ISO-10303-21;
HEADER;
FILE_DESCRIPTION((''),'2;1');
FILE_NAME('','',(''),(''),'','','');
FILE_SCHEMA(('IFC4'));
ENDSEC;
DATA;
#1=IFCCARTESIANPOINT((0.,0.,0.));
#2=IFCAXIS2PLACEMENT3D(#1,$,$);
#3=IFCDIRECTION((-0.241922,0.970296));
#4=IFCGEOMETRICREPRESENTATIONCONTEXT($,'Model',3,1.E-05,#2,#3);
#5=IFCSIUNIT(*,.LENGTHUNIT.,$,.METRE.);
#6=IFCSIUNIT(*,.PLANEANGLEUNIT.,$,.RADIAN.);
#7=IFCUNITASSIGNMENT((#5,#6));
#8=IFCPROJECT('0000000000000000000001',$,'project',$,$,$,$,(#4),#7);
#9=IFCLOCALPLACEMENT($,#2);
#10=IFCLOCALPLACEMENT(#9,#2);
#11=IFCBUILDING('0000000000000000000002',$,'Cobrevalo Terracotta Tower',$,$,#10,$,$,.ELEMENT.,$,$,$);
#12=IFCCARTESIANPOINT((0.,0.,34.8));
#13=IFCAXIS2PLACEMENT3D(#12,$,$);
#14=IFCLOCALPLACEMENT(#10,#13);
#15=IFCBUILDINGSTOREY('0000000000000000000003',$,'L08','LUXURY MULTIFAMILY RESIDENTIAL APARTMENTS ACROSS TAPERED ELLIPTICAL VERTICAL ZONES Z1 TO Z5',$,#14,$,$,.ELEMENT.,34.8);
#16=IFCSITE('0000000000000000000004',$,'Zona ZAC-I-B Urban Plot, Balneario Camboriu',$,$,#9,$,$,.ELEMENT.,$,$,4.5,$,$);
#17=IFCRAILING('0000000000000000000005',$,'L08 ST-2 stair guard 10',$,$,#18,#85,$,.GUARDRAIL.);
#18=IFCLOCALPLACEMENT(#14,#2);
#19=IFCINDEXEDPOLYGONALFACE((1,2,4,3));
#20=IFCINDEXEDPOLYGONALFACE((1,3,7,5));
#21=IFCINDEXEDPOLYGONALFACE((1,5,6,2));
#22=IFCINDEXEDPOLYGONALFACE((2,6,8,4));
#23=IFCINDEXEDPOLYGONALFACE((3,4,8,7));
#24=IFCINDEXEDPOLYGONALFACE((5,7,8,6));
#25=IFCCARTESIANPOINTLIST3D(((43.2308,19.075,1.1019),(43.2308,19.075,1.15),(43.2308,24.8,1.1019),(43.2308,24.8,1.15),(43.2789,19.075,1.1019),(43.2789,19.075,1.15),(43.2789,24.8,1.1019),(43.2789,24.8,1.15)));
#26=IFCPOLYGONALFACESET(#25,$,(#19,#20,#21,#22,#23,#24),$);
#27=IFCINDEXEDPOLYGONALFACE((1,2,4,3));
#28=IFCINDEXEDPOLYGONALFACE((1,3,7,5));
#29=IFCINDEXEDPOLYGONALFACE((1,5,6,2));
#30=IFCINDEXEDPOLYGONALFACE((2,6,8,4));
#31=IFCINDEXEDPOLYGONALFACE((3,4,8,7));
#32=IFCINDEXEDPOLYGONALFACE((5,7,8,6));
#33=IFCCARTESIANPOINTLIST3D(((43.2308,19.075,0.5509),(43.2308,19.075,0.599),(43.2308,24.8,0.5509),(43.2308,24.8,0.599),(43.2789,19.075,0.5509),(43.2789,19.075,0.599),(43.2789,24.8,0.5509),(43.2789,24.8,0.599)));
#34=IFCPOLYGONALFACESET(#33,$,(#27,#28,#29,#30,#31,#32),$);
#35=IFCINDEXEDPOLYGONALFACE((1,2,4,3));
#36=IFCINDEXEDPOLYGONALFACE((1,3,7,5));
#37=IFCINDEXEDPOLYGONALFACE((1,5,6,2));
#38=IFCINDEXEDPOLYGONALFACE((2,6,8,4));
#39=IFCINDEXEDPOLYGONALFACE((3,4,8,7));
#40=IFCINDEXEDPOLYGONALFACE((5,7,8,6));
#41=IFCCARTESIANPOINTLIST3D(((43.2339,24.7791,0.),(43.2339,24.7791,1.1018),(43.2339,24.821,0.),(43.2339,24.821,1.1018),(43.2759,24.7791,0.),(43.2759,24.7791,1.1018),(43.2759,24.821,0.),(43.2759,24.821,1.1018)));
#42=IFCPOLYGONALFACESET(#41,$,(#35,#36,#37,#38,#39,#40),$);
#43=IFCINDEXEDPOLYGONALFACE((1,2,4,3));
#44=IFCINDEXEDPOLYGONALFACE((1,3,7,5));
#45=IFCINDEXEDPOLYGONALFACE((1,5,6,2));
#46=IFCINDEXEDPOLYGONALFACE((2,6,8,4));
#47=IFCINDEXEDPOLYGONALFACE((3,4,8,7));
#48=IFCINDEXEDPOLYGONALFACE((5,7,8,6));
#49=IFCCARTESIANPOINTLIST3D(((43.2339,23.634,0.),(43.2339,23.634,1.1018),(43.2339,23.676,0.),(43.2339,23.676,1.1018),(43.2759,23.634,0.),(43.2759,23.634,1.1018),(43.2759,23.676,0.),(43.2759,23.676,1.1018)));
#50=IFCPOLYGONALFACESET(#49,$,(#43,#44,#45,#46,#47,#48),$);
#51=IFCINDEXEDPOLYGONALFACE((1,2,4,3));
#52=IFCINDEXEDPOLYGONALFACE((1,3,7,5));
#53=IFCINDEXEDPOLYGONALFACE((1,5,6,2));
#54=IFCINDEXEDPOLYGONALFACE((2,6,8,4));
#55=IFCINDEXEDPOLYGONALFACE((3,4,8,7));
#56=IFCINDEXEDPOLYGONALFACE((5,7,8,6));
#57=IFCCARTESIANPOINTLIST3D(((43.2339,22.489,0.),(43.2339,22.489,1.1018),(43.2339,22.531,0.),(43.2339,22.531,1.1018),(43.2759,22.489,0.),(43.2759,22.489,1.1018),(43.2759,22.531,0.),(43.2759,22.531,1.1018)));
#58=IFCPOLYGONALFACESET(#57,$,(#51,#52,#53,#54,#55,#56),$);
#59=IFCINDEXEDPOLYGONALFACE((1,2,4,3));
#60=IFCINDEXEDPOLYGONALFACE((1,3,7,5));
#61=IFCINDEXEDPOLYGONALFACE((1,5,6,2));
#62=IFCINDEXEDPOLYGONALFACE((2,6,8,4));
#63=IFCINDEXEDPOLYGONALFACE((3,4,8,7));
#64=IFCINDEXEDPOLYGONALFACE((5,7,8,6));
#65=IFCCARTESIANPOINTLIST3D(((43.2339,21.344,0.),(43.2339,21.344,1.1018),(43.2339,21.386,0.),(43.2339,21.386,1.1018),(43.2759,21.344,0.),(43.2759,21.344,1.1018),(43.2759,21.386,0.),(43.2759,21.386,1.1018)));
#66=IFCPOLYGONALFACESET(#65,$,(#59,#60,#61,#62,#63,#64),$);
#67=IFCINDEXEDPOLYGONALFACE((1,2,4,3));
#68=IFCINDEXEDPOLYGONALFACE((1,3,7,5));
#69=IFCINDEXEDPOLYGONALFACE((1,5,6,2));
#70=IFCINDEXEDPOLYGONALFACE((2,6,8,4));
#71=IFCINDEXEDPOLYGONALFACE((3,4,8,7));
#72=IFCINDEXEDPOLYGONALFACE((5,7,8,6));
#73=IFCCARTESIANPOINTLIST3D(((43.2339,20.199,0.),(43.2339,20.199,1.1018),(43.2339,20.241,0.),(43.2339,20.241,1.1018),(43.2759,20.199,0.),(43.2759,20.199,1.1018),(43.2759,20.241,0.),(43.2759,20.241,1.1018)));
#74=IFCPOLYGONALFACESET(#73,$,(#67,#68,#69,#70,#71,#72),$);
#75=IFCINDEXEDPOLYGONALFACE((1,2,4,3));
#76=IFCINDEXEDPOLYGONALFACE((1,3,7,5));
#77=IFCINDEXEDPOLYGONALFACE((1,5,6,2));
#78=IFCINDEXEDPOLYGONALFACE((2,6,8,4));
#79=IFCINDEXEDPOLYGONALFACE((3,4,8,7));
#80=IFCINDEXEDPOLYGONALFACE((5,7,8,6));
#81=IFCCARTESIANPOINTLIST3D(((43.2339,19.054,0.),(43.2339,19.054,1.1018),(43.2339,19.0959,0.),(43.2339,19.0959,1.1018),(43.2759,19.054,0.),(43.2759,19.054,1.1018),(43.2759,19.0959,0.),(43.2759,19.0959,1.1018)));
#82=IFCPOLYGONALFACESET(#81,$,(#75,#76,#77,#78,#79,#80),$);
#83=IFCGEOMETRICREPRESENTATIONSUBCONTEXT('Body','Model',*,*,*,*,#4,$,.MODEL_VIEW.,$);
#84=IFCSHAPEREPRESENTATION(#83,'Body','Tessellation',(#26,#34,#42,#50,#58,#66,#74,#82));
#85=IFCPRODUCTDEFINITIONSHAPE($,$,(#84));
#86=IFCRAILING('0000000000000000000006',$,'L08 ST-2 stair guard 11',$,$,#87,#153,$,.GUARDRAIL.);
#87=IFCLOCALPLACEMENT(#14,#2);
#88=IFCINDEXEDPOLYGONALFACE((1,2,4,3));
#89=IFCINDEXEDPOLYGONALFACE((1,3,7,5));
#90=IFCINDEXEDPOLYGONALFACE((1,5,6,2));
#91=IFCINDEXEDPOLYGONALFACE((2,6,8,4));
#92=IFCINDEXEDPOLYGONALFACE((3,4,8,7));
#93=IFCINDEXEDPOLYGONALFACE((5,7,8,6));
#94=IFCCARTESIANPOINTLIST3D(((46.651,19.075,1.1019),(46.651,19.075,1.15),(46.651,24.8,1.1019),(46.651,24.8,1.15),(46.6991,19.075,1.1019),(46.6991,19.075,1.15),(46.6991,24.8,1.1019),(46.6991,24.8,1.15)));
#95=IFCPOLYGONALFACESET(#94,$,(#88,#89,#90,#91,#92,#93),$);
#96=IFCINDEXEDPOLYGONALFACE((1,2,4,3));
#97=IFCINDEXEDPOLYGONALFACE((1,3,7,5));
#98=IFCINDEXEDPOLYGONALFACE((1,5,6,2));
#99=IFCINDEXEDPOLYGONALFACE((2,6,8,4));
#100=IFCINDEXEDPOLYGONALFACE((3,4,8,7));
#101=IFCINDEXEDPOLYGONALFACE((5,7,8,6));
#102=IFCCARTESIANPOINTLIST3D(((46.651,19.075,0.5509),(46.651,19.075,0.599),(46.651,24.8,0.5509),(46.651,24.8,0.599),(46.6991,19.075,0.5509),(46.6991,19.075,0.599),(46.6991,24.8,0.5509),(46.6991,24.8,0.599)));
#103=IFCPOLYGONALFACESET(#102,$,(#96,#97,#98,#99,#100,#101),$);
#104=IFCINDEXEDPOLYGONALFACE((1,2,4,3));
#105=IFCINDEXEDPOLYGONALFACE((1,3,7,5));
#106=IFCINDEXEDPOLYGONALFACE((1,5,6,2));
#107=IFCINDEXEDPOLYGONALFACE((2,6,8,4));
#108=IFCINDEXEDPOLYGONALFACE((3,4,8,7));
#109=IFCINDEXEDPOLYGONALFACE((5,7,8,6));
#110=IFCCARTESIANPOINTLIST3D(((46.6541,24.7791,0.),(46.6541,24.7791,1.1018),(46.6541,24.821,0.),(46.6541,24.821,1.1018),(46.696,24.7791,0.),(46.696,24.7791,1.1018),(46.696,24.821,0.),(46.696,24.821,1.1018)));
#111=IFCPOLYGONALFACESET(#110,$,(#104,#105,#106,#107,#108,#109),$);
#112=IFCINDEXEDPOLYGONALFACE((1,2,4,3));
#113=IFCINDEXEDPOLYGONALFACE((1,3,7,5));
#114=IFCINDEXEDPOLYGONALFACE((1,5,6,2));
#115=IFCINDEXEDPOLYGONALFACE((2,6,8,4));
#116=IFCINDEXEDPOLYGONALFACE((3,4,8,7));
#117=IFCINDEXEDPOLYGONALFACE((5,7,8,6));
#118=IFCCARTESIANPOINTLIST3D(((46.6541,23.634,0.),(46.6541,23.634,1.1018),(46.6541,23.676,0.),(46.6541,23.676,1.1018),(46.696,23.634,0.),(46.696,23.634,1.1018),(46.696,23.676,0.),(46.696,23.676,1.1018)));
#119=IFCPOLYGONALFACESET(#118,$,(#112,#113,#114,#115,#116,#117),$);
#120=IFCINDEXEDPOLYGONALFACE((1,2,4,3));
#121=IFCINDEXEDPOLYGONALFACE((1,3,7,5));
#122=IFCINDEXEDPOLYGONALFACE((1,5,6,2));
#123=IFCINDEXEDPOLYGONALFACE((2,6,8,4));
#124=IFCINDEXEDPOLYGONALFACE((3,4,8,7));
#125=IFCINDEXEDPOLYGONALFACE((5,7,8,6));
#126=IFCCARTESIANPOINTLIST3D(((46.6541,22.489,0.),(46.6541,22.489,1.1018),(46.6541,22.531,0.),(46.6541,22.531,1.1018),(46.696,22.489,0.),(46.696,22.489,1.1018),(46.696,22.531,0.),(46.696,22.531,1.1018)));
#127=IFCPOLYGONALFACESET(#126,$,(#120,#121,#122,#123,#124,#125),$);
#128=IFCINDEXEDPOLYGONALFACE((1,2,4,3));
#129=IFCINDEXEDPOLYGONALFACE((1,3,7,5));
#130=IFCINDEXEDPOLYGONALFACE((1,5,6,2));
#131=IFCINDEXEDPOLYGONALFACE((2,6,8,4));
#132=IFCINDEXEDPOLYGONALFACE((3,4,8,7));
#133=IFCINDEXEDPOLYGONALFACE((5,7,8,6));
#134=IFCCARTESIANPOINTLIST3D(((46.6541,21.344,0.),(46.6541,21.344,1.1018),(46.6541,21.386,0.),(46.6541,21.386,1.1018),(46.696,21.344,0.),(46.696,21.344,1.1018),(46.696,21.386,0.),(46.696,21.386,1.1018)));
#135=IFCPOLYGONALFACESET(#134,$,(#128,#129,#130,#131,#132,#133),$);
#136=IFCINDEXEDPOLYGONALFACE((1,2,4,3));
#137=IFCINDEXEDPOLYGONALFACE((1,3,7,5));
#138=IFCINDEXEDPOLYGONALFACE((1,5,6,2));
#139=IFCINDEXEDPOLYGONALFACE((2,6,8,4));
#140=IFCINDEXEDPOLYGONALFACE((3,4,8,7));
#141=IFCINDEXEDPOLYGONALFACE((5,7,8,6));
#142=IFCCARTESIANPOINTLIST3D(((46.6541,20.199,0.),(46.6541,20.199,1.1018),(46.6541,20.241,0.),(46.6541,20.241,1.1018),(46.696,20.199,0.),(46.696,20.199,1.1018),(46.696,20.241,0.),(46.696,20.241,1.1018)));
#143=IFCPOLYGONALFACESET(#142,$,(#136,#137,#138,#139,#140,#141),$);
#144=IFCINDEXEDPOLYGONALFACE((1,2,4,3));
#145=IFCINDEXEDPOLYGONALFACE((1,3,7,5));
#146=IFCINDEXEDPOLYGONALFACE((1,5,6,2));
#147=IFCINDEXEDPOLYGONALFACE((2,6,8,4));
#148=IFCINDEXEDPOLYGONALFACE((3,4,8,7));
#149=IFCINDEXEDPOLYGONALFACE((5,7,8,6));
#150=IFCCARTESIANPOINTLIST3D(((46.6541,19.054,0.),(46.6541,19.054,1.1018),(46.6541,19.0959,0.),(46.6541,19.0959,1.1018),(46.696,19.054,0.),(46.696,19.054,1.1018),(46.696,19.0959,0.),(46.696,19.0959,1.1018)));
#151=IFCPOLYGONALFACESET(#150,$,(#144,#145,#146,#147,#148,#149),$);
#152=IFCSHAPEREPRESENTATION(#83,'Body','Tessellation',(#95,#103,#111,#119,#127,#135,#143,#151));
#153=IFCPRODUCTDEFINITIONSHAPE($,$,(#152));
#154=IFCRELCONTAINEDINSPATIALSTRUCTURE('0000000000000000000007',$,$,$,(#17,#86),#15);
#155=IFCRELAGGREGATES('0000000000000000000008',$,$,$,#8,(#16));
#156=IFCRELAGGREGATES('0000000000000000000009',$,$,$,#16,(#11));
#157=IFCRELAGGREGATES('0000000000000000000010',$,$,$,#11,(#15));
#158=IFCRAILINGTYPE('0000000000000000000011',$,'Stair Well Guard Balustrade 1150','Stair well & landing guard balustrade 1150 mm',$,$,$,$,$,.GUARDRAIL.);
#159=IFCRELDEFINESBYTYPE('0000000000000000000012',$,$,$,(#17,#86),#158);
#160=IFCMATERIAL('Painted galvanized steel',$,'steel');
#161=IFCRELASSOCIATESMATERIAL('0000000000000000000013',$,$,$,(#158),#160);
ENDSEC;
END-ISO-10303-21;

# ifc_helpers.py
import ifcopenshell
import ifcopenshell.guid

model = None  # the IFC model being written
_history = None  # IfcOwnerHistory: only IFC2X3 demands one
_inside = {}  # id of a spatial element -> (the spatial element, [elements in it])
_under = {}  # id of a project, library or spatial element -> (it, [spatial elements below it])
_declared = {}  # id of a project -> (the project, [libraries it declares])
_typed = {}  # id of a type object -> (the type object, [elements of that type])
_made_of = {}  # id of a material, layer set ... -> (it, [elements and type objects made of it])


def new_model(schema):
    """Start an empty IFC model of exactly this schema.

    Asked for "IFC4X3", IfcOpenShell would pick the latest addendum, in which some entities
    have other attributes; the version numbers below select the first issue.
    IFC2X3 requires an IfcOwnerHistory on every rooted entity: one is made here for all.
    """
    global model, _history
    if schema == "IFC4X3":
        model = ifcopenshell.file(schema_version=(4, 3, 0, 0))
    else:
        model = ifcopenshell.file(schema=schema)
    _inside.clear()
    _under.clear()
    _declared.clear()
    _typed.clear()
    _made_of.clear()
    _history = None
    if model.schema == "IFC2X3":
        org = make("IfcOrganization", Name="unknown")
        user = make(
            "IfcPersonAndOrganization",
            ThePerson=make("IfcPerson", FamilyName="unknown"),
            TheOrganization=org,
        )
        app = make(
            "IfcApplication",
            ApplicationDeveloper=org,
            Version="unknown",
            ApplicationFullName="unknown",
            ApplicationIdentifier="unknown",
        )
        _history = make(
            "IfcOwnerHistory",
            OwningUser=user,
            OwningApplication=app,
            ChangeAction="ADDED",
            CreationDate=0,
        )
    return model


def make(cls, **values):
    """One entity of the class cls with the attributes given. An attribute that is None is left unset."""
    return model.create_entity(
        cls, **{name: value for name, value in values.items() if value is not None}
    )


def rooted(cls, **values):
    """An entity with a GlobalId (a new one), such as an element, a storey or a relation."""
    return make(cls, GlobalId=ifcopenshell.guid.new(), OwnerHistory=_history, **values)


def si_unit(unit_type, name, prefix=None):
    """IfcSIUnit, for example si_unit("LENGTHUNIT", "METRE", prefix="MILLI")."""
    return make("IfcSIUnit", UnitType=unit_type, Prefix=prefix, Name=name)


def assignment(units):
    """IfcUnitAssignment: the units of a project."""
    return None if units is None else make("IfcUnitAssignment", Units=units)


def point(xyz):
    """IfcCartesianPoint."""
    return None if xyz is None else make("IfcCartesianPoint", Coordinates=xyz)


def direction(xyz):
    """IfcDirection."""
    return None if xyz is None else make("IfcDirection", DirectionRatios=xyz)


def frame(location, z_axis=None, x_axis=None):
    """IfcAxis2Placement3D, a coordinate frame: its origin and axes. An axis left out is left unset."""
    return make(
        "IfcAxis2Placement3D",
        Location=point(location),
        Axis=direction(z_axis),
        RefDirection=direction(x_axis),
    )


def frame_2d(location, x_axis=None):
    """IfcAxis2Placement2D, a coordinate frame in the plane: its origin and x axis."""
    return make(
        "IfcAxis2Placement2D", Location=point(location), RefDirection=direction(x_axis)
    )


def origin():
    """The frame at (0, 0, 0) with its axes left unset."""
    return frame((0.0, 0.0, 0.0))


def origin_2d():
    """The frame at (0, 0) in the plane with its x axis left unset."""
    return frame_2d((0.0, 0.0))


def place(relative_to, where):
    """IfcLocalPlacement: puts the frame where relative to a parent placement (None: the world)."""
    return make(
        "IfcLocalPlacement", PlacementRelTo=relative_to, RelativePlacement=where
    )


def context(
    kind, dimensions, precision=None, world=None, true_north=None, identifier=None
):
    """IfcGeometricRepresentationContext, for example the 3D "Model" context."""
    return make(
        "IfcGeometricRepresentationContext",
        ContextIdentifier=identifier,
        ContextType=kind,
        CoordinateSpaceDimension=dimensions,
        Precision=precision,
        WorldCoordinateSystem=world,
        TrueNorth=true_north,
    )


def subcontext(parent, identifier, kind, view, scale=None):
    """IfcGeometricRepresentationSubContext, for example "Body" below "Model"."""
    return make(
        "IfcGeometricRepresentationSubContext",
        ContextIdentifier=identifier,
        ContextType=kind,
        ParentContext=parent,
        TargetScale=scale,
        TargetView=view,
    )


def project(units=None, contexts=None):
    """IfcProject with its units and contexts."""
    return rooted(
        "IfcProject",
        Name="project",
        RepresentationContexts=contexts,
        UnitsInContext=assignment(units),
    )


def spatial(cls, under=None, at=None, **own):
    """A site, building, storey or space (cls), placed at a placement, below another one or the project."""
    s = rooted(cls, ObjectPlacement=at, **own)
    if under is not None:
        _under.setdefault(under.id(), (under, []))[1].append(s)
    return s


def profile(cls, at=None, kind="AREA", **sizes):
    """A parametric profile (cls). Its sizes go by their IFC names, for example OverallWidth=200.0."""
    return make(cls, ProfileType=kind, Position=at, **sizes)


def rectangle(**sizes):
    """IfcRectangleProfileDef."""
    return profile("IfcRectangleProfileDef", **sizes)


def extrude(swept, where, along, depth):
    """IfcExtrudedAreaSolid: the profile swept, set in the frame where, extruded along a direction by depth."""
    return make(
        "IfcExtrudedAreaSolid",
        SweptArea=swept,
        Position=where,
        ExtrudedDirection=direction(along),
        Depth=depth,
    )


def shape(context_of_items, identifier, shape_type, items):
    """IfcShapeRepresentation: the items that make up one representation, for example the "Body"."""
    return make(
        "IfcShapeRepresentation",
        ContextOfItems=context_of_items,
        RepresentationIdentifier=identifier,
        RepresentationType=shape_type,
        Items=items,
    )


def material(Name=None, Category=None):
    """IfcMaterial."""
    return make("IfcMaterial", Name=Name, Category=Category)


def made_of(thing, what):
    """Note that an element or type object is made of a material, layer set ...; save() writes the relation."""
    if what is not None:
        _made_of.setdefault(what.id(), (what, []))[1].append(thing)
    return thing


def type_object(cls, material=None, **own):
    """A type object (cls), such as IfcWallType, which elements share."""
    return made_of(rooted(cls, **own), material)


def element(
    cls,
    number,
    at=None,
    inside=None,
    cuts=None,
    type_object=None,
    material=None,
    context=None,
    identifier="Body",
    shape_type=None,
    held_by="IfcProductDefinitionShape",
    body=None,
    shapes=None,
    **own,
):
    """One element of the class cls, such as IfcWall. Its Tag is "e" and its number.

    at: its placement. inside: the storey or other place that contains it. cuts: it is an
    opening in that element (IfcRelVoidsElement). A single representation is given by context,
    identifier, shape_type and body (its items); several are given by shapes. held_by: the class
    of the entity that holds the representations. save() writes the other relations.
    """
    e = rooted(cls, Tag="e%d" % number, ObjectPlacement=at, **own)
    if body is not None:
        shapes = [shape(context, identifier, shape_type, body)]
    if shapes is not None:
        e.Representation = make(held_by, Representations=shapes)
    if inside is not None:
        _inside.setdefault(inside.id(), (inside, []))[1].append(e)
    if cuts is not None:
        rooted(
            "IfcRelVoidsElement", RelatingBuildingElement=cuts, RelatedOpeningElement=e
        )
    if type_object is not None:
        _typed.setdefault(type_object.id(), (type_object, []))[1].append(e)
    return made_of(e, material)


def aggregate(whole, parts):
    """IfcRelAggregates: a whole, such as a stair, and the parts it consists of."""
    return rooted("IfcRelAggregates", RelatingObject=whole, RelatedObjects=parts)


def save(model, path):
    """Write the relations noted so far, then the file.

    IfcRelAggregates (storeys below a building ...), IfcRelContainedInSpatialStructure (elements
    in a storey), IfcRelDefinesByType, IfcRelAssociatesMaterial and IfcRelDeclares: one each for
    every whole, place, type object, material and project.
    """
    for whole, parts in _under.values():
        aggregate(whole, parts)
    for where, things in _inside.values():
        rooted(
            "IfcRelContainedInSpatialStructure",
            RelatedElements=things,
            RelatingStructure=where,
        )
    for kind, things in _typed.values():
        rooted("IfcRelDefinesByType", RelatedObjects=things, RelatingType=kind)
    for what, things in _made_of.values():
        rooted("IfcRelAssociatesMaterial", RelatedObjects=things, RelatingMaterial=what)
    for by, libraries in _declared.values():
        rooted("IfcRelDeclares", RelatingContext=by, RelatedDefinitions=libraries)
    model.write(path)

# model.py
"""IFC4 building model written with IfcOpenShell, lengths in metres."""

from ifc_helpers import new_model, si_unit, direction, frame, origin, origin_2d, place, context, subcontext, project, spatial, rectangle, extrude, material, type_object, element, save


model = new_model("IFC4")

# Units and contexts
model_context = context("Model", 3, precision=1e-05, world=origin(), true_north=direction((-0.241922, 0.970296)))
body_context = subcontext(model_context, "Body", "Model", "MODEL_VIEW")
ifc_project = project(units=[si_unit("LENGTHUNIT", "METRE"), si_unit("PLANEANGLEUNIT", "RADIAN")], contexts=[model_context])

# Site, building, storey
site_placement = place(None, origin())
site = spatial("IfcSite", under=ifc_project, at=site_placement, Name="Zona ZAC-I-B Urban Plot, Balneario Camboriu", CompositionType="ELEMENT", RefElevation=4.5)
building_placement = place(site_placement, origin())
building = spatial("IfcBuilding", under=site, at=building_placement, Name="Cobrevalo Terracotta Tower", CompositionType="ELEMENT")
storey_placement = place(building_placement, frame((0.0, 0.0, 34.8)))
storey = spatial("IfcBuildingStorey", under=building, at=storey_placement, Name="L08", Description="LUXURY MULTIFAMILY RESIDENTIAL APARTMENTS ACROSS TAPERED ELLIPTICAL VERTICAL ZONES Z1 TO Z5", CompositionType="ELEMENT", Elevation=34.8)

# Railings
ifc_material_1 = material(Name="Painted galvanized steel", Category="steel")
railing_type_1 = type_object("IfcRailingType", Name="Stair Well Guard Balustrade 1150", Description="Stair well & landing guard balustrade 1150 mm", PredefinedType="GUARDRAIL", material=ifc_material_1)
for number, where, name in (
    (1, (43.2549, 24.8, 0.0), "L08 ST-2 stair guard 10"),
    (2, (46.675, 24.8, 0.0), "L08 ST-2 stair guard 11"),
):
    element("IfcRailing", number, at=place(storey_placement, frame(where)), inside=storey, type_object=railing_type_1, Name=name, PredefinedType="GUARDRAIL", context=body_context, shape_type="SweptSolid", body=[
        extrude(rectangle(XDim=0.0481, YDim=0.0481, at=origin_2d()), frame((0.0, 0.0, 1.126), z_axis=(0.0, -1.0, 0.0), x_axis=(1.0, 0.0, 0.0)), (0.0, 0.0, 1.0), 5.7251),
        extrude(rectangle(XDim=0.0481, YDim=0.0481, at=origin_2d()), frame((0.0, 0.0, 0.575), z_axis=(0.0, -1.0, 0.0), x_axis=(1.0, 0.0, 0.0)), (0.0, 0.0, 1.0), 5.7251),
        extrude(rectangle(XDim=0.042, YDim=0.042, at=origin_2d()), origin(), (0.0, 0.0, 1.0), 1.1018),
        extrude(rectangle(XDim=0.042, YDim=0.042, at=origin_2d()), frame((0.0, -1.145, 0.0)), (0.0, 0.0, 1.0), 1.1018),
        extrude(rectangle(XDim=0.042, YDim=0.042, at=origin_2d()), frame((0.0, -2.29, 0.0)), (0.0, 0.0, 1.0), 1.1018),
        extrude(rectangle(XDim=0.042, YDim=0.042, at=origin_2d()), frame((0.0, -3.4351, 0.0)), (0.0, 0.0, 1.0), 1.1018),
        extrude(rectangle(XDim=0.042, YDim=0.042, at=origin_2d()), frame((0.0, -4.5801, 0.0)), (0.0, 0.0, 1.0), 1.1018),
        extrude(rectangle(XDim=0.042, YDim=0.042, at=origin_2d()), frame((0.0, -5.7251, 0.0)), (0.0, 0.0, 1.0), 1.1018),
    ])

save(model, "model.ifc")
